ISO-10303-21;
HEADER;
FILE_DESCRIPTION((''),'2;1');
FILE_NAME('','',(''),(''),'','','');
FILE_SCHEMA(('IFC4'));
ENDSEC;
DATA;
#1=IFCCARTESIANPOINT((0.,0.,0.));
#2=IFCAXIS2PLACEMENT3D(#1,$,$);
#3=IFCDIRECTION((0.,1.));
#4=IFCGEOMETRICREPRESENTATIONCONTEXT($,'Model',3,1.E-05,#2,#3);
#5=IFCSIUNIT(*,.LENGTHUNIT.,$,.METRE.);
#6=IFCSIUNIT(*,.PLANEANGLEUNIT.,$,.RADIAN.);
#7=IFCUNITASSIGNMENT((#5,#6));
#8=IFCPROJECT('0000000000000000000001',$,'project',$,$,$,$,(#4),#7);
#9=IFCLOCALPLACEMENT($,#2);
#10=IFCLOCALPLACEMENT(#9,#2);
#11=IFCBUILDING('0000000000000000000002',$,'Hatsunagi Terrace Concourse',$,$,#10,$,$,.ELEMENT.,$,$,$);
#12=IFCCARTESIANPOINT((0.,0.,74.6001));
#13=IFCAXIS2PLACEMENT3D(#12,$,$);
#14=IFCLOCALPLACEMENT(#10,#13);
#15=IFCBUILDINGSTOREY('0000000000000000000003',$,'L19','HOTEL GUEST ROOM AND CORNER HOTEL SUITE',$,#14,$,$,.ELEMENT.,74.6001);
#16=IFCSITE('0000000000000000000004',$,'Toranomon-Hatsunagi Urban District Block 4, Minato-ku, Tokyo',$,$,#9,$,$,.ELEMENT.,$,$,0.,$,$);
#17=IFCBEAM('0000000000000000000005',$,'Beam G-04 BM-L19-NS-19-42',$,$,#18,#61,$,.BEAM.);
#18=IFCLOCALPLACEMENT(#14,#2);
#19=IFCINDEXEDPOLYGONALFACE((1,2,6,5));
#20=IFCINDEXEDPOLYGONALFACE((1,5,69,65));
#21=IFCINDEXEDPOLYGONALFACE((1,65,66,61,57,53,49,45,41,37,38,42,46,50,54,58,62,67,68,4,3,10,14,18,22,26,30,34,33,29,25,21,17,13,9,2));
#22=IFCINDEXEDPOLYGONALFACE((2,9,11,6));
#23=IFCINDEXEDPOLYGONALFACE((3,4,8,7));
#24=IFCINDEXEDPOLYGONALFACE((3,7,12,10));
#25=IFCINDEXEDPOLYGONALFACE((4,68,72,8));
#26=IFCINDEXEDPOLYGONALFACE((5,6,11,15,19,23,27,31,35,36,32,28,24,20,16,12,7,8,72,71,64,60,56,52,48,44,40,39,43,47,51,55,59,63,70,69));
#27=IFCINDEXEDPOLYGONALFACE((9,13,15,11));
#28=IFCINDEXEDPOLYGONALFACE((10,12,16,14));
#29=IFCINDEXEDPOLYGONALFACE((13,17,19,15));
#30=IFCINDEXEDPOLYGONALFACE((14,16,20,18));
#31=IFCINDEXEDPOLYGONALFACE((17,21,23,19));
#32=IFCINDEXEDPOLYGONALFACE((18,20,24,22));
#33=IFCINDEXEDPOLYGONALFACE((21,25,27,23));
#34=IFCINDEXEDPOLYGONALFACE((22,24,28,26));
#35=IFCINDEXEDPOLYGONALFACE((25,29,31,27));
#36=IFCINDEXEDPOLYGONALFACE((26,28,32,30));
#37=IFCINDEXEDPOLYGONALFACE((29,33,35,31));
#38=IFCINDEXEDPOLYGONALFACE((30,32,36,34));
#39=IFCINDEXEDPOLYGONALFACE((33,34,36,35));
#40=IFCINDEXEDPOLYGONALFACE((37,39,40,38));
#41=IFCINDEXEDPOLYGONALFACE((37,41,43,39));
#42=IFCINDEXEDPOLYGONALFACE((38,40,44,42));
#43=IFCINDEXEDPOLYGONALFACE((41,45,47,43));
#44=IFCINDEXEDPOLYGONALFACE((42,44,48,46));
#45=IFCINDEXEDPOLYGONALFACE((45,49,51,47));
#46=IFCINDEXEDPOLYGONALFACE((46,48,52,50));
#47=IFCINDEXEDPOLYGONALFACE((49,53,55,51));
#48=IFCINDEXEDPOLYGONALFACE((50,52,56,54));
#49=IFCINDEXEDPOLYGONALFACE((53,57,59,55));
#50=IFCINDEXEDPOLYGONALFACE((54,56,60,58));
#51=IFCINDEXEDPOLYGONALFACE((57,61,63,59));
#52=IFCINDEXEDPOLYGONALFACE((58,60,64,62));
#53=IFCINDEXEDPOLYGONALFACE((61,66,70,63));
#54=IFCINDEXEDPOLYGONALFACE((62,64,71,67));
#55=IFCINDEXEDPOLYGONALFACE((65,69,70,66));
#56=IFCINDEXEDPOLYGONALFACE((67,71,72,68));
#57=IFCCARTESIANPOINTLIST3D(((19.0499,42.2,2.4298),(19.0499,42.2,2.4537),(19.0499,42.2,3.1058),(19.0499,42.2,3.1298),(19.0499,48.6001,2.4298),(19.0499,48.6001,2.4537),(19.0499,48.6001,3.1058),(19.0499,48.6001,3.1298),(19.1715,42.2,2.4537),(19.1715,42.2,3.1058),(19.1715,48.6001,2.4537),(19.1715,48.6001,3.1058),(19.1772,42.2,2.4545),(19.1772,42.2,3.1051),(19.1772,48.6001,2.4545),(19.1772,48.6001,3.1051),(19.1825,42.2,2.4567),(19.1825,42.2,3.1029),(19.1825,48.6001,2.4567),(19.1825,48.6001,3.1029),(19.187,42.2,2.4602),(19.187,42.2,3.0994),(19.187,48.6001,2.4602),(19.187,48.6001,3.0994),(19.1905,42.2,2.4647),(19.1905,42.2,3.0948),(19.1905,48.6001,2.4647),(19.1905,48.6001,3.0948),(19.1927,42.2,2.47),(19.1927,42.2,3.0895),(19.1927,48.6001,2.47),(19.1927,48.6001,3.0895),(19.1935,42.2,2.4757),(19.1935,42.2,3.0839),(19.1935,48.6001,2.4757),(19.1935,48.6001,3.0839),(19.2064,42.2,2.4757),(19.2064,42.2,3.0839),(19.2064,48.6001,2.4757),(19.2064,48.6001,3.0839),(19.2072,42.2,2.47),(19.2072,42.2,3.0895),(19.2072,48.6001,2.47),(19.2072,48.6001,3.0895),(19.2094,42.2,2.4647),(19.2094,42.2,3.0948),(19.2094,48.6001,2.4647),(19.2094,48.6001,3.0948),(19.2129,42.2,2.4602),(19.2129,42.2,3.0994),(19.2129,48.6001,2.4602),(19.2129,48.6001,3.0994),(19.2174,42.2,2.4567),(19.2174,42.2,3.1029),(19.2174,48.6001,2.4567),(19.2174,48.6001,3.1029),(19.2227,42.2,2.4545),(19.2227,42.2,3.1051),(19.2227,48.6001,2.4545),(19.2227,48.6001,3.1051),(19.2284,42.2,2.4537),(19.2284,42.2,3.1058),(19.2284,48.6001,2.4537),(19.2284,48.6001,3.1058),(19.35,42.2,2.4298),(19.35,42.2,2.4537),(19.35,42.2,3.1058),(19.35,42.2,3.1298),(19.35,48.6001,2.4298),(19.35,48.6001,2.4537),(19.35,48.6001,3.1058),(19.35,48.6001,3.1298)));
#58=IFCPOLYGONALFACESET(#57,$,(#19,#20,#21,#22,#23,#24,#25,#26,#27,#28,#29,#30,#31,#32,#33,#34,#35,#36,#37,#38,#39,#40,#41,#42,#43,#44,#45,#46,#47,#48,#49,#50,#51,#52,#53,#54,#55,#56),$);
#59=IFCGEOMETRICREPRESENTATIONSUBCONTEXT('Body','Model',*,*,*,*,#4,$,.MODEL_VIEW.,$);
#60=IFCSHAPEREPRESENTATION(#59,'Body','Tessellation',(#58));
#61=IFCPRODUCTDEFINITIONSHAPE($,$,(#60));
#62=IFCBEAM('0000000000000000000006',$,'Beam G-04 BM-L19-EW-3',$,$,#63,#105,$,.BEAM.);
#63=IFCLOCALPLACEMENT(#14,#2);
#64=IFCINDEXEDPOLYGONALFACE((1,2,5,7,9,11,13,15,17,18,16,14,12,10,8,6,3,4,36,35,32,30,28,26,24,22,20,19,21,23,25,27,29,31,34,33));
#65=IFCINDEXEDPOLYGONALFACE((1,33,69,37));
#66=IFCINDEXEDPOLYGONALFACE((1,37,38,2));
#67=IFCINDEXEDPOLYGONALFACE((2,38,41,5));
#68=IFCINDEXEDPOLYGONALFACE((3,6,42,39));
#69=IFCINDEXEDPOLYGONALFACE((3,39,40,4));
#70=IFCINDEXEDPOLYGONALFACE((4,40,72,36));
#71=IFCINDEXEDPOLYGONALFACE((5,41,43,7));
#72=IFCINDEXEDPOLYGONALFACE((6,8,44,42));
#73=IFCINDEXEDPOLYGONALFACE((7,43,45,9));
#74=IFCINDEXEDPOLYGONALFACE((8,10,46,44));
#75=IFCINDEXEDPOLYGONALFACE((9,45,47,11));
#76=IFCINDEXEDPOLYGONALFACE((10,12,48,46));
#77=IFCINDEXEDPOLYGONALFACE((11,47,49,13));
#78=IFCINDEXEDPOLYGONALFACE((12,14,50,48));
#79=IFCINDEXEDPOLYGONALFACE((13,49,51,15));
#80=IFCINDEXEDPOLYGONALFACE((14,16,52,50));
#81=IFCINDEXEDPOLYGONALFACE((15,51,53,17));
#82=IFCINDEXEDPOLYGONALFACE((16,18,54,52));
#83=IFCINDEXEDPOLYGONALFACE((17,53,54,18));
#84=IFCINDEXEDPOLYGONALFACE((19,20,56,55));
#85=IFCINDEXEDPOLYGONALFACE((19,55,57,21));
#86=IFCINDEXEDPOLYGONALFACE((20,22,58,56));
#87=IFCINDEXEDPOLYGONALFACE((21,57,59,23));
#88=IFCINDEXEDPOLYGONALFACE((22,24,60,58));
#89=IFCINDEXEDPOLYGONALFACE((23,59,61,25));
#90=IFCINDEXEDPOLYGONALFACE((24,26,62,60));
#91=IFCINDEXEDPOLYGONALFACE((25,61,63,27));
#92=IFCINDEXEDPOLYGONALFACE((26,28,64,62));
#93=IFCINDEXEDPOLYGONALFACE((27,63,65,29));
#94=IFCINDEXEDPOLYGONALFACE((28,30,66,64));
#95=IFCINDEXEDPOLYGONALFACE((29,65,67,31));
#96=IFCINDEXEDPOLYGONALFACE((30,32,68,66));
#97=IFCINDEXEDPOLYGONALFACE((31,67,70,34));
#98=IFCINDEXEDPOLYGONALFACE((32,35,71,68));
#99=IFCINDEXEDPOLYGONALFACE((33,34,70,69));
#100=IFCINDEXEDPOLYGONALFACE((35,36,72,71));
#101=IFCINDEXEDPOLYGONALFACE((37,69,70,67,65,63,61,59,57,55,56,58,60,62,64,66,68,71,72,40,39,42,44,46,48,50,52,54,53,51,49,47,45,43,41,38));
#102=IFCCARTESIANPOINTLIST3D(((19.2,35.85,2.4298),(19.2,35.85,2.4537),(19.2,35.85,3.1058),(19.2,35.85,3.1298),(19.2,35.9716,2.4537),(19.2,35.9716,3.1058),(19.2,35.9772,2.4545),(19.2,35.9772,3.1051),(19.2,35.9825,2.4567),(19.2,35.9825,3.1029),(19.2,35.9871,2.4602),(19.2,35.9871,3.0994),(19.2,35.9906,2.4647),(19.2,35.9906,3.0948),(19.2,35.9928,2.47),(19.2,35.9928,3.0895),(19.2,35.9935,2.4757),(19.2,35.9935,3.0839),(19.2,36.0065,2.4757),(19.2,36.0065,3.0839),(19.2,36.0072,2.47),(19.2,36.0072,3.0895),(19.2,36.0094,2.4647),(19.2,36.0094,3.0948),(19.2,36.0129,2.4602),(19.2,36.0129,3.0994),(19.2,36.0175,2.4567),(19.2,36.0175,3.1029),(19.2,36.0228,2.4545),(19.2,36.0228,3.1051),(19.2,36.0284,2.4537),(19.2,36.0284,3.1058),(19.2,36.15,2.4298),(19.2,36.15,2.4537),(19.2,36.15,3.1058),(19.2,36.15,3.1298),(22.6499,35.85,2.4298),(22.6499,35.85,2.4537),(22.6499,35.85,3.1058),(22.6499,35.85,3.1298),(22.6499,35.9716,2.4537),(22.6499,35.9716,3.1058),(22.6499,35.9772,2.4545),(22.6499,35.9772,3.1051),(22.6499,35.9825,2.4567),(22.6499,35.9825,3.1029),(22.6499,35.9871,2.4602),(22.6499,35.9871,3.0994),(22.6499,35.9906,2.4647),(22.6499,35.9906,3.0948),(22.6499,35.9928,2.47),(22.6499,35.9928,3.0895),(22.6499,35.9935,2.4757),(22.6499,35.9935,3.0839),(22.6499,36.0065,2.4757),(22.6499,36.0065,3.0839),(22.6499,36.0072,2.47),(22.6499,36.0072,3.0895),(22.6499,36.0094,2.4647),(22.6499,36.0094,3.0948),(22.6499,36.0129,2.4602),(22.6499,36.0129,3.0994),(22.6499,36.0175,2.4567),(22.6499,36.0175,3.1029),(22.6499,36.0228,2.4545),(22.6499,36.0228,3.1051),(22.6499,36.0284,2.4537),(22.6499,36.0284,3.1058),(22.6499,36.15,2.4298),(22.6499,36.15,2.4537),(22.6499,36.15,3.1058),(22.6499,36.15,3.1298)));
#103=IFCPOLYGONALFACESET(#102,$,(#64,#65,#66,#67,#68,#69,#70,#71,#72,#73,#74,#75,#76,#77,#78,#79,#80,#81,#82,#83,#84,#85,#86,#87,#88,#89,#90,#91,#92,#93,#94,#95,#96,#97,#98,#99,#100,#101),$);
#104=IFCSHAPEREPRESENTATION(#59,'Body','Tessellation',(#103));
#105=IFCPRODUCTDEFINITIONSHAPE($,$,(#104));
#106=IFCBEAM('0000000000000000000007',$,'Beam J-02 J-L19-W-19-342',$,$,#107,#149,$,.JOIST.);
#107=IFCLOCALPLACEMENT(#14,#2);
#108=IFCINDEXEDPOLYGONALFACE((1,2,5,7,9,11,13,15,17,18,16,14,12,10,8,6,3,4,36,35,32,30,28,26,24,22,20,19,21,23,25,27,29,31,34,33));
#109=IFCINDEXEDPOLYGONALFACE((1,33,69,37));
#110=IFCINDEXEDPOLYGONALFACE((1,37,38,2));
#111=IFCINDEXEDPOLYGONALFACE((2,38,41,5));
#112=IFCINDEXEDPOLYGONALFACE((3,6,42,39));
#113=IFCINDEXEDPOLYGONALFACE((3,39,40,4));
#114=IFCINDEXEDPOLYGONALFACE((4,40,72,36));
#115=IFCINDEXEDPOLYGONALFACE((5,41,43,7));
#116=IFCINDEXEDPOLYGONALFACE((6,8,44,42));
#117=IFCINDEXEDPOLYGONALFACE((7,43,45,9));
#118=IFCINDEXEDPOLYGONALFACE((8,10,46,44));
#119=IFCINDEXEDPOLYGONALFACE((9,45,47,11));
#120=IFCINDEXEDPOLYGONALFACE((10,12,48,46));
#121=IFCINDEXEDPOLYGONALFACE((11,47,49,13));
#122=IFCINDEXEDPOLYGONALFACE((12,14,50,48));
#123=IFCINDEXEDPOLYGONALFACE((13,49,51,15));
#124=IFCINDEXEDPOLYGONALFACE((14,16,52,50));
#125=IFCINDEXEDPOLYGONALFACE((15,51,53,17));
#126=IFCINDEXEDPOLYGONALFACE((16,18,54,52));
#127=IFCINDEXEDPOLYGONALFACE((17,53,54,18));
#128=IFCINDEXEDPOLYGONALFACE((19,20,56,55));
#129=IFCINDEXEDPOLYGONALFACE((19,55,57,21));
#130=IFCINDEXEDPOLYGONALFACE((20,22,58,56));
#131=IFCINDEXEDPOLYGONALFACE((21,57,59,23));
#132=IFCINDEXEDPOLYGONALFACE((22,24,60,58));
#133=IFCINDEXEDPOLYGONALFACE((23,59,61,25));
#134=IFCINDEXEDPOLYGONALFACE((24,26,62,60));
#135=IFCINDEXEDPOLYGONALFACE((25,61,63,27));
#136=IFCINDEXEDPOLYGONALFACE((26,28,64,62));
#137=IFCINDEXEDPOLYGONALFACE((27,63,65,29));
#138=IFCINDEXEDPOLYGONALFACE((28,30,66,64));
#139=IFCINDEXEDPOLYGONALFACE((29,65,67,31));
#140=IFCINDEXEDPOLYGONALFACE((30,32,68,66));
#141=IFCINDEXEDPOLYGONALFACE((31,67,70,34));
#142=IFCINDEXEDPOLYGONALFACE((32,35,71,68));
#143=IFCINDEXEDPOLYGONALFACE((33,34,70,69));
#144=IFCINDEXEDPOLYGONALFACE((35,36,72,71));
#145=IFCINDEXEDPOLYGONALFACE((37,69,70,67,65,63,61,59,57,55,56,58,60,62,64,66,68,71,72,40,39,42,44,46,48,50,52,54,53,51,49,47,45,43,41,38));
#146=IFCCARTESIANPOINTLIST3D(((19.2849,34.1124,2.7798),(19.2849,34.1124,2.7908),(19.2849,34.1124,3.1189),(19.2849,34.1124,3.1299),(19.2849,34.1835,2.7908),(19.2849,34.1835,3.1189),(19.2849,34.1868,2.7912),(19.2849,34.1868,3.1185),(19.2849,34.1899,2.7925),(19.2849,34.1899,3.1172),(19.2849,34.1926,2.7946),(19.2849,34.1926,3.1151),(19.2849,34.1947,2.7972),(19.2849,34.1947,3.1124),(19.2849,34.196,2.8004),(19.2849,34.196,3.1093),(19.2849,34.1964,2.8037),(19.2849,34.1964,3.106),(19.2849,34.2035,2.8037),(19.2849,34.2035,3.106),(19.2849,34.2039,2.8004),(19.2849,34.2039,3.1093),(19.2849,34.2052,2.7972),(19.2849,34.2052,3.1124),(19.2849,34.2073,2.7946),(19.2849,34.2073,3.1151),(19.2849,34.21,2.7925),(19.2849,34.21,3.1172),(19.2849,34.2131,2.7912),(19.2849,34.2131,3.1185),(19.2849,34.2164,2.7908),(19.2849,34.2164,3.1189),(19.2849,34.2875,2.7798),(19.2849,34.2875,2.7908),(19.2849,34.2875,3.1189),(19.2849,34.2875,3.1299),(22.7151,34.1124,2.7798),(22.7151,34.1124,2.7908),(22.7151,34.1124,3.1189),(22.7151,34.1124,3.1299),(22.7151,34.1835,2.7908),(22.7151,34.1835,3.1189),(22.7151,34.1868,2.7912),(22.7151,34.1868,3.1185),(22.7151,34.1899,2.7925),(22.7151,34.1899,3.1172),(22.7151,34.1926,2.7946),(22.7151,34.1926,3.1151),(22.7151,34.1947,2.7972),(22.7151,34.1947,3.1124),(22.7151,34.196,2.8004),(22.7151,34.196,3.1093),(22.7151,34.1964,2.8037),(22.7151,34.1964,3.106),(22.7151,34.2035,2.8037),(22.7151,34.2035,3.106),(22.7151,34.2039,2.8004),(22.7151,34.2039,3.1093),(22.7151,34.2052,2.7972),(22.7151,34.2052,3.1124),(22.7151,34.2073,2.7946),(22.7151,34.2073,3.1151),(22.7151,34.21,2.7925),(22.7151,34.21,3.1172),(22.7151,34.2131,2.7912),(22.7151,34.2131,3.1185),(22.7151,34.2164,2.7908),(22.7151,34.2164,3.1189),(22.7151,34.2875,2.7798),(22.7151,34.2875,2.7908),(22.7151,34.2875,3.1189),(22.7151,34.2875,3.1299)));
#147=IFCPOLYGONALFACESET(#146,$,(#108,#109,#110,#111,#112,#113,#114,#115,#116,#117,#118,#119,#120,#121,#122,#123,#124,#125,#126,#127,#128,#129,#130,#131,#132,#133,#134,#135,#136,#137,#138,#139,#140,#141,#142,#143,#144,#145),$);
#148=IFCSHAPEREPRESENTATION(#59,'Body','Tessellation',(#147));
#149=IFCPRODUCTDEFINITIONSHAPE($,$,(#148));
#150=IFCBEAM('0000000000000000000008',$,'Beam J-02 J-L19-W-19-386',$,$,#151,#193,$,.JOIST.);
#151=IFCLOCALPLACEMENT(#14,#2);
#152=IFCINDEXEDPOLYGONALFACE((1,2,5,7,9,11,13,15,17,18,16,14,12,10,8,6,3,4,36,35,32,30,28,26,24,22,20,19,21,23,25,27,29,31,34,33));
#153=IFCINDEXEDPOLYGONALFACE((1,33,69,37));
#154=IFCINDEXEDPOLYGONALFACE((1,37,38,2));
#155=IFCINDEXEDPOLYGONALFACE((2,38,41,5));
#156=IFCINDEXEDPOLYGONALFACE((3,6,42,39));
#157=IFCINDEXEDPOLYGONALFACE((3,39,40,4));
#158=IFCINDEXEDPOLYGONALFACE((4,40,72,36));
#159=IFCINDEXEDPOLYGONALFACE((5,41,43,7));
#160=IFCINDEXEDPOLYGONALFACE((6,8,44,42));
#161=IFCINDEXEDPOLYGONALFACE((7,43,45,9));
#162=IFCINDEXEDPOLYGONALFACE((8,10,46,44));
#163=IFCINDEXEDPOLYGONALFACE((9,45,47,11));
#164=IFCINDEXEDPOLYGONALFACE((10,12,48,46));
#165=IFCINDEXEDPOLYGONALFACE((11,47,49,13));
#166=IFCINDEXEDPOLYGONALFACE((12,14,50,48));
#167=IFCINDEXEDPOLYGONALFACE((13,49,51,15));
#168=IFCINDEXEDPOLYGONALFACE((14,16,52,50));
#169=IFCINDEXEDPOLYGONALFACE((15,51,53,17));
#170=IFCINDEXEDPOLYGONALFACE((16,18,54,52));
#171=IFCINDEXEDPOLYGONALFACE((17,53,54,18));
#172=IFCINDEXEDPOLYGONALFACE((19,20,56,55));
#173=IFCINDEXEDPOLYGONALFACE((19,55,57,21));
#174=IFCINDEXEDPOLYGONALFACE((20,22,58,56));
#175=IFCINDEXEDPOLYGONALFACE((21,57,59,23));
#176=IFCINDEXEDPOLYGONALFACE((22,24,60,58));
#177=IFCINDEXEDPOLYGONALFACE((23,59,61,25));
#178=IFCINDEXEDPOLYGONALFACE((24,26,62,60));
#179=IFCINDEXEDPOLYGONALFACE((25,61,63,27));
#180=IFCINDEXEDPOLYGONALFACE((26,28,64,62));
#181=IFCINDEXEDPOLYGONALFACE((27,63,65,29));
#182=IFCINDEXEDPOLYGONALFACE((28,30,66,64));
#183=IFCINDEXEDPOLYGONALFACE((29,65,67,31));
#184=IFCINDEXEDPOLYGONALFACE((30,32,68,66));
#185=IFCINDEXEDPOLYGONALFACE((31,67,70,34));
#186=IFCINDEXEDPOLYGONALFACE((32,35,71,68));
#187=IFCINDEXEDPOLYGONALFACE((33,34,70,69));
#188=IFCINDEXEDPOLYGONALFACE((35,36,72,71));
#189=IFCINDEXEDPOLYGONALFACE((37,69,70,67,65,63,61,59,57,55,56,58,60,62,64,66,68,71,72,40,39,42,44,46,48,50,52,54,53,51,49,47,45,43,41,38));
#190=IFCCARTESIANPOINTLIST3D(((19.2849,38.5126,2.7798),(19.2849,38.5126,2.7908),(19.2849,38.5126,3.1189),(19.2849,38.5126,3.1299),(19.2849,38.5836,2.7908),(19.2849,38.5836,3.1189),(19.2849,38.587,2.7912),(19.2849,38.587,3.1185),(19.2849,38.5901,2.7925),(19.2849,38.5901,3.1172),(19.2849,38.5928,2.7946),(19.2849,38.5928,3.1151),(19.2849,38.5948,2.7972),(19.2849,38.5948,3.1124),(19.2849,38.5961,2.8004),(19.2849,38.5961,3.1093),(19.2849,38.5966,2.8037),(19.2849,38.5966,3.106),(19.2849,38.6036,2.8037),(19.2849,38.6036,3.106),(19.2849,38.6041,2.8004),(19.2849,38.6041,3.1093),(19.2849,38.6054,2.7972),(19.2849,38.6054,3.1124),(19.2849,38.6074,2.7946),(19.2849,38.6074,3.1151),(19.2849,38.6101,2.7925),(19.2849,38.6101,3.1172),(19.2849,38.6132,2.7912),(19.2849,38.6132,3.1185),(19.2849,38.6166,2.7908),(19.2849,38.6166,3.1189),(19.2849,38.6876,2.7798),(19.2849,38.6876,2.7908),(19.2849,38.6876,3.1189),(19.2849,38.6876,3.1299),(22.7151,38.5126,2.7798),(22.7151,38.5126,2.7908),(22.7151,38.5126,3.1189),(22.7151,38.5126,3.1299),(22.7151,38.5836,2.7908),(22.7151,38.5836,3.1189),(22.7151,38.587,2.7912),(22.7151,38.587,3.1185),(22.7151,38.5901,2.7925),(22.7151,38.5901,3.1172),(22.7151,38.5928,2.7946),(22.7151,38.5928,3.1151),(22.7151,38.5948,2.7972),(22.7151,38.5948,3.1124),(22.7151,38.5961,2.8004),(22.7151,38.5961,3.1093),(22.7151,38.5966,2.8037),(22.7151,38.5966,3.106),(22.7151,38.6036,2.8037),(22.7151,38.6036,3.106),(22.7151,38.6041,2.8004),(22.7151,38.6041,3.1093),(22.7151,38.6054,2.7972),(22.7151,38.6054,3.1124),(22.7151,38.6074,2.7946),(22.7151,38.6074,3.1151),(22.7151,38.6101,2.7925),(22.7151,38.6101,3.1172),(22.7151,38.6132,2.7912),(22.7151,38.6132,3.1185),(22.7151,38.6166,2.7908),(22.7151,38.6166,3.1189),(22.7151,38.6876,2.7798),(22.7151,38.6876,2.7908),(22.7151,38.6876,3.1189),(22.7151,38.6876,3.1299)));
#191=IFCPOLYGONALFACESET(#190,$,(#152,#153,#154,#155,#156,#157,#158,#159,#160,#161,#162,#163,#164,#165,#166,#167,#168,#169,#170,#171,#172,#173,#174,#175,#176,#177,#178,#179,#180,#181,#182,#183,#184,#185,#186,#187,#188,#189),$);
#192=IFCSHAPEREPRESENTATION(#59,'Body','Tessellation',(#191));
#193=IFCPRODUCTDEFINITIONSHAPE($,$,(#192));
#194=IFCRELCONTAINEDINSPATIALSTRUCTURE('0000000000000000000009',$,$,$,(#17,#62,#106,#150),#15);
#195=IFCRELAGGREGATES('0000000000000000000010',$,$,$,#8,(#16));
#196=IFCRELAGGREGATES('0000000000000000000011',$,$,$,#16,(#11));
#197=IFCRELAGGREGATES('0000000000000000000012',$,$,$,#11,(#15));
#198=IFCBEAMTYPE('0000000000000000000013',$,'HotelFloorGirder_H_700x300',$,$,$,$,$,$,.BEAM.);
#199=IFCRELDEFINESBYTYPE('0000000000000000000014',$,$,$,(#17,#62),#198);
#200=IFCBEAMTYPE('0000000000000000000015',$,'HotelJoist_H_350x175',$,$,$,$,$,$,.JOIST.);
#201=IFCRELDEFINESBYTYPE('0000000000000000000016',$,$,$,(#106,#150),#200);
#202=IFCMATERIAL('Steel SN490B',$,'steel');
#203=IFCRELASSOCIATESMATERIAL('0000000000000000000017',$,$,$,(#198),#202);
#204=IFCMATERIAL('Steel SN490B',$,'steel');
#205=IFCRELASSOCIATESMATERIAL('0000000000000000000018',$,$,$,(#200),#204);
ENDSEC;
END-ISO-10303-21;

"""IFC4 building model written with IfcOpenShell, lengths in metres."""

from ifc_helpers import new_model, si_unit, direction, frame, origin, origin_2d, place, context, subcontext, project, spatial, i_section, extrude, material, material_profile, profile_set, type_object, element, save


model = new_model("IFC4")

# Units and contexts
model_context = context("Model", 3, precision=1e-05, world=origin(), true_north=direction((0.0, 1.0)))
body_context = subcontext(model_context, "Body", "Model", "MODEL_VIEW")
ifc_project = project(units=[si_unit("LENGTHUNIT", "METRE"), si_unit("PLANEANGLEUNIT", "RADIAN")], contexts=[model_context])

# Site, building, storey
site_placement = place(None, origin())
site = spatial("IfcSite", under=ifc_project, at=site_placement, Name="Toranomon-Hatsunagi Urban District Block 4, Minato-ku, Tokyo", CompositionType="ELEMENT", RefElevation=0.0)
building_placement = place(site_placement, origin())
building = spatial("IfcBuilding", under=site, at=building_placement, Name="Hatsunagi Terrace Concourse", CompositionType="ELEMENT")
storey_placement = place(building_placement, frame((0.0, 0.0, 74.6001)))
storey = spatial("IfcBuildingStorey", under=building, at=storey_placement, Name="L19", Description="HOTEL GUEST ROOM AND CORNER HOTEL SUITE", CompositionType="ELEMENT", Elevation=74.6001)

# Beams
ifc_material_1 = material(Name="Steel SN490B", Category="steel")
ifc_material_profile_1 = material_profile(ifc_material_1, i_section(OverallWidth=0.3, OverallDepth=0.7, WebThickness=0.0129, FlangeThickness=0.0239, FilletRadius=0.022, at=origin_2d()), Name="H-700x300x13x24")
ifc_profile_set_1 = profile_set([ifc_material_profile_1], Name="Steel SN490B")
beam_type_1 = type_object("IfcBeamType", Name="HotelFloorGirder_H_700x300", PredefinedType="BEAM", material=ifc_profile_set_1)
beam_1_placement = place(storey_placement, frame((19.2, 42.2, 2.7798), z_axis=(0.0, 1.0, 0.0), x_axis=(-1.0, 0.0, 0.0)))
element("IfcBeam", 1, at=beam_1_placement, inside=storey, type_object=beam_type_1, Name="Beam G-04 BM-L19-NS-19-42", PredefinedType="BEAM", context=body_context, shape_type="SweptSolid", body=[
    extrude(i_section(OverallWidth=0.3, OverallDepth=0.7, WebThickness=0.0129, FlangeThickness=0.0239, FilletRadius=0.022, at=origin_2d()), origin(), (0.0, 0.0, 1.0), 6.4001),
])
beam_2_placement = place(storey_placement, frame((19.2, 36.0, 2.7798), z_axis=(1.0, 0.0, 0.0), x_axis=(0.0, 1.0, 0.0)))
element("IfcBeam", 2, at=beam_2_placement, inside=storey, type_object=beam_type_1, Name="Beam G-04 BM-L19-EW-3", PredefinedType="BEAM", context=body_context, shape_type="SweptSolid", body=[
    extrude(i_section(OverallWidth=0.3, OverallDepth=0.7, WebThickness=0.0129, FlangeThickness=0.0239, FilletRadius=0.022, at=origin_2d()), origin(), (0.0, 0.0, 1.0), 3.45),
])
ifc_material_2 = material(Name="Steel SN490B", Category="steel")
ifc_material_profile_2 = material_profile(ifc_material_2, i_section(OverallWidth=0.175, OverallDepth=0.3501, WebThickness=0.0071, FlangeThickness=0.011, FilletRadius=0.0129, at=origin_2d()), Name="H-350x175x7x11")
ifc_profile_set_2 = profile_set([ifc_material_profile_2], Name="Steel SN490B")
beam_type_2 = type_object("IfcBeamType", Name="HotelJoist_H_350x175", PredefinedType="JOIST", material=ifc_profile_set_2)
for number, where, z_axis, x_axis, name in (
    (3, (19.2849, 34.2, 2.9548), (1.0, 0.0, 0.0), (0.0, 1.0, 0.0), "Beam J-02 J-L19-W-19-342"),
    (4, (19.2849, 38.6001, 2.9548), (1.0, 0.0, 0.0), (0.0, 1.0, 0.0), "Beam J-02 J-L19-W-19-386"),
):
    element("IfcBeam", number, at=place(storey_placement, frame(where, z_axis=z_axis, x_axis=x_axis)), inside=storey, type_object=beam_type_2, Name=name, PredefinedType="JOIST", context=body_context, shape_type="SweptSolid", body=[
        extrude(i_section(OverallWidth=0.175, OverallDepth=0.3501, WebThickness=0.0071, FlangeThickness=0.011, FilletRadius=0.0129, at=origin_2d()), origin(), (0.0, 0.0, 1.0), 3.4302),
    ])

save(model, "model.ifc")
